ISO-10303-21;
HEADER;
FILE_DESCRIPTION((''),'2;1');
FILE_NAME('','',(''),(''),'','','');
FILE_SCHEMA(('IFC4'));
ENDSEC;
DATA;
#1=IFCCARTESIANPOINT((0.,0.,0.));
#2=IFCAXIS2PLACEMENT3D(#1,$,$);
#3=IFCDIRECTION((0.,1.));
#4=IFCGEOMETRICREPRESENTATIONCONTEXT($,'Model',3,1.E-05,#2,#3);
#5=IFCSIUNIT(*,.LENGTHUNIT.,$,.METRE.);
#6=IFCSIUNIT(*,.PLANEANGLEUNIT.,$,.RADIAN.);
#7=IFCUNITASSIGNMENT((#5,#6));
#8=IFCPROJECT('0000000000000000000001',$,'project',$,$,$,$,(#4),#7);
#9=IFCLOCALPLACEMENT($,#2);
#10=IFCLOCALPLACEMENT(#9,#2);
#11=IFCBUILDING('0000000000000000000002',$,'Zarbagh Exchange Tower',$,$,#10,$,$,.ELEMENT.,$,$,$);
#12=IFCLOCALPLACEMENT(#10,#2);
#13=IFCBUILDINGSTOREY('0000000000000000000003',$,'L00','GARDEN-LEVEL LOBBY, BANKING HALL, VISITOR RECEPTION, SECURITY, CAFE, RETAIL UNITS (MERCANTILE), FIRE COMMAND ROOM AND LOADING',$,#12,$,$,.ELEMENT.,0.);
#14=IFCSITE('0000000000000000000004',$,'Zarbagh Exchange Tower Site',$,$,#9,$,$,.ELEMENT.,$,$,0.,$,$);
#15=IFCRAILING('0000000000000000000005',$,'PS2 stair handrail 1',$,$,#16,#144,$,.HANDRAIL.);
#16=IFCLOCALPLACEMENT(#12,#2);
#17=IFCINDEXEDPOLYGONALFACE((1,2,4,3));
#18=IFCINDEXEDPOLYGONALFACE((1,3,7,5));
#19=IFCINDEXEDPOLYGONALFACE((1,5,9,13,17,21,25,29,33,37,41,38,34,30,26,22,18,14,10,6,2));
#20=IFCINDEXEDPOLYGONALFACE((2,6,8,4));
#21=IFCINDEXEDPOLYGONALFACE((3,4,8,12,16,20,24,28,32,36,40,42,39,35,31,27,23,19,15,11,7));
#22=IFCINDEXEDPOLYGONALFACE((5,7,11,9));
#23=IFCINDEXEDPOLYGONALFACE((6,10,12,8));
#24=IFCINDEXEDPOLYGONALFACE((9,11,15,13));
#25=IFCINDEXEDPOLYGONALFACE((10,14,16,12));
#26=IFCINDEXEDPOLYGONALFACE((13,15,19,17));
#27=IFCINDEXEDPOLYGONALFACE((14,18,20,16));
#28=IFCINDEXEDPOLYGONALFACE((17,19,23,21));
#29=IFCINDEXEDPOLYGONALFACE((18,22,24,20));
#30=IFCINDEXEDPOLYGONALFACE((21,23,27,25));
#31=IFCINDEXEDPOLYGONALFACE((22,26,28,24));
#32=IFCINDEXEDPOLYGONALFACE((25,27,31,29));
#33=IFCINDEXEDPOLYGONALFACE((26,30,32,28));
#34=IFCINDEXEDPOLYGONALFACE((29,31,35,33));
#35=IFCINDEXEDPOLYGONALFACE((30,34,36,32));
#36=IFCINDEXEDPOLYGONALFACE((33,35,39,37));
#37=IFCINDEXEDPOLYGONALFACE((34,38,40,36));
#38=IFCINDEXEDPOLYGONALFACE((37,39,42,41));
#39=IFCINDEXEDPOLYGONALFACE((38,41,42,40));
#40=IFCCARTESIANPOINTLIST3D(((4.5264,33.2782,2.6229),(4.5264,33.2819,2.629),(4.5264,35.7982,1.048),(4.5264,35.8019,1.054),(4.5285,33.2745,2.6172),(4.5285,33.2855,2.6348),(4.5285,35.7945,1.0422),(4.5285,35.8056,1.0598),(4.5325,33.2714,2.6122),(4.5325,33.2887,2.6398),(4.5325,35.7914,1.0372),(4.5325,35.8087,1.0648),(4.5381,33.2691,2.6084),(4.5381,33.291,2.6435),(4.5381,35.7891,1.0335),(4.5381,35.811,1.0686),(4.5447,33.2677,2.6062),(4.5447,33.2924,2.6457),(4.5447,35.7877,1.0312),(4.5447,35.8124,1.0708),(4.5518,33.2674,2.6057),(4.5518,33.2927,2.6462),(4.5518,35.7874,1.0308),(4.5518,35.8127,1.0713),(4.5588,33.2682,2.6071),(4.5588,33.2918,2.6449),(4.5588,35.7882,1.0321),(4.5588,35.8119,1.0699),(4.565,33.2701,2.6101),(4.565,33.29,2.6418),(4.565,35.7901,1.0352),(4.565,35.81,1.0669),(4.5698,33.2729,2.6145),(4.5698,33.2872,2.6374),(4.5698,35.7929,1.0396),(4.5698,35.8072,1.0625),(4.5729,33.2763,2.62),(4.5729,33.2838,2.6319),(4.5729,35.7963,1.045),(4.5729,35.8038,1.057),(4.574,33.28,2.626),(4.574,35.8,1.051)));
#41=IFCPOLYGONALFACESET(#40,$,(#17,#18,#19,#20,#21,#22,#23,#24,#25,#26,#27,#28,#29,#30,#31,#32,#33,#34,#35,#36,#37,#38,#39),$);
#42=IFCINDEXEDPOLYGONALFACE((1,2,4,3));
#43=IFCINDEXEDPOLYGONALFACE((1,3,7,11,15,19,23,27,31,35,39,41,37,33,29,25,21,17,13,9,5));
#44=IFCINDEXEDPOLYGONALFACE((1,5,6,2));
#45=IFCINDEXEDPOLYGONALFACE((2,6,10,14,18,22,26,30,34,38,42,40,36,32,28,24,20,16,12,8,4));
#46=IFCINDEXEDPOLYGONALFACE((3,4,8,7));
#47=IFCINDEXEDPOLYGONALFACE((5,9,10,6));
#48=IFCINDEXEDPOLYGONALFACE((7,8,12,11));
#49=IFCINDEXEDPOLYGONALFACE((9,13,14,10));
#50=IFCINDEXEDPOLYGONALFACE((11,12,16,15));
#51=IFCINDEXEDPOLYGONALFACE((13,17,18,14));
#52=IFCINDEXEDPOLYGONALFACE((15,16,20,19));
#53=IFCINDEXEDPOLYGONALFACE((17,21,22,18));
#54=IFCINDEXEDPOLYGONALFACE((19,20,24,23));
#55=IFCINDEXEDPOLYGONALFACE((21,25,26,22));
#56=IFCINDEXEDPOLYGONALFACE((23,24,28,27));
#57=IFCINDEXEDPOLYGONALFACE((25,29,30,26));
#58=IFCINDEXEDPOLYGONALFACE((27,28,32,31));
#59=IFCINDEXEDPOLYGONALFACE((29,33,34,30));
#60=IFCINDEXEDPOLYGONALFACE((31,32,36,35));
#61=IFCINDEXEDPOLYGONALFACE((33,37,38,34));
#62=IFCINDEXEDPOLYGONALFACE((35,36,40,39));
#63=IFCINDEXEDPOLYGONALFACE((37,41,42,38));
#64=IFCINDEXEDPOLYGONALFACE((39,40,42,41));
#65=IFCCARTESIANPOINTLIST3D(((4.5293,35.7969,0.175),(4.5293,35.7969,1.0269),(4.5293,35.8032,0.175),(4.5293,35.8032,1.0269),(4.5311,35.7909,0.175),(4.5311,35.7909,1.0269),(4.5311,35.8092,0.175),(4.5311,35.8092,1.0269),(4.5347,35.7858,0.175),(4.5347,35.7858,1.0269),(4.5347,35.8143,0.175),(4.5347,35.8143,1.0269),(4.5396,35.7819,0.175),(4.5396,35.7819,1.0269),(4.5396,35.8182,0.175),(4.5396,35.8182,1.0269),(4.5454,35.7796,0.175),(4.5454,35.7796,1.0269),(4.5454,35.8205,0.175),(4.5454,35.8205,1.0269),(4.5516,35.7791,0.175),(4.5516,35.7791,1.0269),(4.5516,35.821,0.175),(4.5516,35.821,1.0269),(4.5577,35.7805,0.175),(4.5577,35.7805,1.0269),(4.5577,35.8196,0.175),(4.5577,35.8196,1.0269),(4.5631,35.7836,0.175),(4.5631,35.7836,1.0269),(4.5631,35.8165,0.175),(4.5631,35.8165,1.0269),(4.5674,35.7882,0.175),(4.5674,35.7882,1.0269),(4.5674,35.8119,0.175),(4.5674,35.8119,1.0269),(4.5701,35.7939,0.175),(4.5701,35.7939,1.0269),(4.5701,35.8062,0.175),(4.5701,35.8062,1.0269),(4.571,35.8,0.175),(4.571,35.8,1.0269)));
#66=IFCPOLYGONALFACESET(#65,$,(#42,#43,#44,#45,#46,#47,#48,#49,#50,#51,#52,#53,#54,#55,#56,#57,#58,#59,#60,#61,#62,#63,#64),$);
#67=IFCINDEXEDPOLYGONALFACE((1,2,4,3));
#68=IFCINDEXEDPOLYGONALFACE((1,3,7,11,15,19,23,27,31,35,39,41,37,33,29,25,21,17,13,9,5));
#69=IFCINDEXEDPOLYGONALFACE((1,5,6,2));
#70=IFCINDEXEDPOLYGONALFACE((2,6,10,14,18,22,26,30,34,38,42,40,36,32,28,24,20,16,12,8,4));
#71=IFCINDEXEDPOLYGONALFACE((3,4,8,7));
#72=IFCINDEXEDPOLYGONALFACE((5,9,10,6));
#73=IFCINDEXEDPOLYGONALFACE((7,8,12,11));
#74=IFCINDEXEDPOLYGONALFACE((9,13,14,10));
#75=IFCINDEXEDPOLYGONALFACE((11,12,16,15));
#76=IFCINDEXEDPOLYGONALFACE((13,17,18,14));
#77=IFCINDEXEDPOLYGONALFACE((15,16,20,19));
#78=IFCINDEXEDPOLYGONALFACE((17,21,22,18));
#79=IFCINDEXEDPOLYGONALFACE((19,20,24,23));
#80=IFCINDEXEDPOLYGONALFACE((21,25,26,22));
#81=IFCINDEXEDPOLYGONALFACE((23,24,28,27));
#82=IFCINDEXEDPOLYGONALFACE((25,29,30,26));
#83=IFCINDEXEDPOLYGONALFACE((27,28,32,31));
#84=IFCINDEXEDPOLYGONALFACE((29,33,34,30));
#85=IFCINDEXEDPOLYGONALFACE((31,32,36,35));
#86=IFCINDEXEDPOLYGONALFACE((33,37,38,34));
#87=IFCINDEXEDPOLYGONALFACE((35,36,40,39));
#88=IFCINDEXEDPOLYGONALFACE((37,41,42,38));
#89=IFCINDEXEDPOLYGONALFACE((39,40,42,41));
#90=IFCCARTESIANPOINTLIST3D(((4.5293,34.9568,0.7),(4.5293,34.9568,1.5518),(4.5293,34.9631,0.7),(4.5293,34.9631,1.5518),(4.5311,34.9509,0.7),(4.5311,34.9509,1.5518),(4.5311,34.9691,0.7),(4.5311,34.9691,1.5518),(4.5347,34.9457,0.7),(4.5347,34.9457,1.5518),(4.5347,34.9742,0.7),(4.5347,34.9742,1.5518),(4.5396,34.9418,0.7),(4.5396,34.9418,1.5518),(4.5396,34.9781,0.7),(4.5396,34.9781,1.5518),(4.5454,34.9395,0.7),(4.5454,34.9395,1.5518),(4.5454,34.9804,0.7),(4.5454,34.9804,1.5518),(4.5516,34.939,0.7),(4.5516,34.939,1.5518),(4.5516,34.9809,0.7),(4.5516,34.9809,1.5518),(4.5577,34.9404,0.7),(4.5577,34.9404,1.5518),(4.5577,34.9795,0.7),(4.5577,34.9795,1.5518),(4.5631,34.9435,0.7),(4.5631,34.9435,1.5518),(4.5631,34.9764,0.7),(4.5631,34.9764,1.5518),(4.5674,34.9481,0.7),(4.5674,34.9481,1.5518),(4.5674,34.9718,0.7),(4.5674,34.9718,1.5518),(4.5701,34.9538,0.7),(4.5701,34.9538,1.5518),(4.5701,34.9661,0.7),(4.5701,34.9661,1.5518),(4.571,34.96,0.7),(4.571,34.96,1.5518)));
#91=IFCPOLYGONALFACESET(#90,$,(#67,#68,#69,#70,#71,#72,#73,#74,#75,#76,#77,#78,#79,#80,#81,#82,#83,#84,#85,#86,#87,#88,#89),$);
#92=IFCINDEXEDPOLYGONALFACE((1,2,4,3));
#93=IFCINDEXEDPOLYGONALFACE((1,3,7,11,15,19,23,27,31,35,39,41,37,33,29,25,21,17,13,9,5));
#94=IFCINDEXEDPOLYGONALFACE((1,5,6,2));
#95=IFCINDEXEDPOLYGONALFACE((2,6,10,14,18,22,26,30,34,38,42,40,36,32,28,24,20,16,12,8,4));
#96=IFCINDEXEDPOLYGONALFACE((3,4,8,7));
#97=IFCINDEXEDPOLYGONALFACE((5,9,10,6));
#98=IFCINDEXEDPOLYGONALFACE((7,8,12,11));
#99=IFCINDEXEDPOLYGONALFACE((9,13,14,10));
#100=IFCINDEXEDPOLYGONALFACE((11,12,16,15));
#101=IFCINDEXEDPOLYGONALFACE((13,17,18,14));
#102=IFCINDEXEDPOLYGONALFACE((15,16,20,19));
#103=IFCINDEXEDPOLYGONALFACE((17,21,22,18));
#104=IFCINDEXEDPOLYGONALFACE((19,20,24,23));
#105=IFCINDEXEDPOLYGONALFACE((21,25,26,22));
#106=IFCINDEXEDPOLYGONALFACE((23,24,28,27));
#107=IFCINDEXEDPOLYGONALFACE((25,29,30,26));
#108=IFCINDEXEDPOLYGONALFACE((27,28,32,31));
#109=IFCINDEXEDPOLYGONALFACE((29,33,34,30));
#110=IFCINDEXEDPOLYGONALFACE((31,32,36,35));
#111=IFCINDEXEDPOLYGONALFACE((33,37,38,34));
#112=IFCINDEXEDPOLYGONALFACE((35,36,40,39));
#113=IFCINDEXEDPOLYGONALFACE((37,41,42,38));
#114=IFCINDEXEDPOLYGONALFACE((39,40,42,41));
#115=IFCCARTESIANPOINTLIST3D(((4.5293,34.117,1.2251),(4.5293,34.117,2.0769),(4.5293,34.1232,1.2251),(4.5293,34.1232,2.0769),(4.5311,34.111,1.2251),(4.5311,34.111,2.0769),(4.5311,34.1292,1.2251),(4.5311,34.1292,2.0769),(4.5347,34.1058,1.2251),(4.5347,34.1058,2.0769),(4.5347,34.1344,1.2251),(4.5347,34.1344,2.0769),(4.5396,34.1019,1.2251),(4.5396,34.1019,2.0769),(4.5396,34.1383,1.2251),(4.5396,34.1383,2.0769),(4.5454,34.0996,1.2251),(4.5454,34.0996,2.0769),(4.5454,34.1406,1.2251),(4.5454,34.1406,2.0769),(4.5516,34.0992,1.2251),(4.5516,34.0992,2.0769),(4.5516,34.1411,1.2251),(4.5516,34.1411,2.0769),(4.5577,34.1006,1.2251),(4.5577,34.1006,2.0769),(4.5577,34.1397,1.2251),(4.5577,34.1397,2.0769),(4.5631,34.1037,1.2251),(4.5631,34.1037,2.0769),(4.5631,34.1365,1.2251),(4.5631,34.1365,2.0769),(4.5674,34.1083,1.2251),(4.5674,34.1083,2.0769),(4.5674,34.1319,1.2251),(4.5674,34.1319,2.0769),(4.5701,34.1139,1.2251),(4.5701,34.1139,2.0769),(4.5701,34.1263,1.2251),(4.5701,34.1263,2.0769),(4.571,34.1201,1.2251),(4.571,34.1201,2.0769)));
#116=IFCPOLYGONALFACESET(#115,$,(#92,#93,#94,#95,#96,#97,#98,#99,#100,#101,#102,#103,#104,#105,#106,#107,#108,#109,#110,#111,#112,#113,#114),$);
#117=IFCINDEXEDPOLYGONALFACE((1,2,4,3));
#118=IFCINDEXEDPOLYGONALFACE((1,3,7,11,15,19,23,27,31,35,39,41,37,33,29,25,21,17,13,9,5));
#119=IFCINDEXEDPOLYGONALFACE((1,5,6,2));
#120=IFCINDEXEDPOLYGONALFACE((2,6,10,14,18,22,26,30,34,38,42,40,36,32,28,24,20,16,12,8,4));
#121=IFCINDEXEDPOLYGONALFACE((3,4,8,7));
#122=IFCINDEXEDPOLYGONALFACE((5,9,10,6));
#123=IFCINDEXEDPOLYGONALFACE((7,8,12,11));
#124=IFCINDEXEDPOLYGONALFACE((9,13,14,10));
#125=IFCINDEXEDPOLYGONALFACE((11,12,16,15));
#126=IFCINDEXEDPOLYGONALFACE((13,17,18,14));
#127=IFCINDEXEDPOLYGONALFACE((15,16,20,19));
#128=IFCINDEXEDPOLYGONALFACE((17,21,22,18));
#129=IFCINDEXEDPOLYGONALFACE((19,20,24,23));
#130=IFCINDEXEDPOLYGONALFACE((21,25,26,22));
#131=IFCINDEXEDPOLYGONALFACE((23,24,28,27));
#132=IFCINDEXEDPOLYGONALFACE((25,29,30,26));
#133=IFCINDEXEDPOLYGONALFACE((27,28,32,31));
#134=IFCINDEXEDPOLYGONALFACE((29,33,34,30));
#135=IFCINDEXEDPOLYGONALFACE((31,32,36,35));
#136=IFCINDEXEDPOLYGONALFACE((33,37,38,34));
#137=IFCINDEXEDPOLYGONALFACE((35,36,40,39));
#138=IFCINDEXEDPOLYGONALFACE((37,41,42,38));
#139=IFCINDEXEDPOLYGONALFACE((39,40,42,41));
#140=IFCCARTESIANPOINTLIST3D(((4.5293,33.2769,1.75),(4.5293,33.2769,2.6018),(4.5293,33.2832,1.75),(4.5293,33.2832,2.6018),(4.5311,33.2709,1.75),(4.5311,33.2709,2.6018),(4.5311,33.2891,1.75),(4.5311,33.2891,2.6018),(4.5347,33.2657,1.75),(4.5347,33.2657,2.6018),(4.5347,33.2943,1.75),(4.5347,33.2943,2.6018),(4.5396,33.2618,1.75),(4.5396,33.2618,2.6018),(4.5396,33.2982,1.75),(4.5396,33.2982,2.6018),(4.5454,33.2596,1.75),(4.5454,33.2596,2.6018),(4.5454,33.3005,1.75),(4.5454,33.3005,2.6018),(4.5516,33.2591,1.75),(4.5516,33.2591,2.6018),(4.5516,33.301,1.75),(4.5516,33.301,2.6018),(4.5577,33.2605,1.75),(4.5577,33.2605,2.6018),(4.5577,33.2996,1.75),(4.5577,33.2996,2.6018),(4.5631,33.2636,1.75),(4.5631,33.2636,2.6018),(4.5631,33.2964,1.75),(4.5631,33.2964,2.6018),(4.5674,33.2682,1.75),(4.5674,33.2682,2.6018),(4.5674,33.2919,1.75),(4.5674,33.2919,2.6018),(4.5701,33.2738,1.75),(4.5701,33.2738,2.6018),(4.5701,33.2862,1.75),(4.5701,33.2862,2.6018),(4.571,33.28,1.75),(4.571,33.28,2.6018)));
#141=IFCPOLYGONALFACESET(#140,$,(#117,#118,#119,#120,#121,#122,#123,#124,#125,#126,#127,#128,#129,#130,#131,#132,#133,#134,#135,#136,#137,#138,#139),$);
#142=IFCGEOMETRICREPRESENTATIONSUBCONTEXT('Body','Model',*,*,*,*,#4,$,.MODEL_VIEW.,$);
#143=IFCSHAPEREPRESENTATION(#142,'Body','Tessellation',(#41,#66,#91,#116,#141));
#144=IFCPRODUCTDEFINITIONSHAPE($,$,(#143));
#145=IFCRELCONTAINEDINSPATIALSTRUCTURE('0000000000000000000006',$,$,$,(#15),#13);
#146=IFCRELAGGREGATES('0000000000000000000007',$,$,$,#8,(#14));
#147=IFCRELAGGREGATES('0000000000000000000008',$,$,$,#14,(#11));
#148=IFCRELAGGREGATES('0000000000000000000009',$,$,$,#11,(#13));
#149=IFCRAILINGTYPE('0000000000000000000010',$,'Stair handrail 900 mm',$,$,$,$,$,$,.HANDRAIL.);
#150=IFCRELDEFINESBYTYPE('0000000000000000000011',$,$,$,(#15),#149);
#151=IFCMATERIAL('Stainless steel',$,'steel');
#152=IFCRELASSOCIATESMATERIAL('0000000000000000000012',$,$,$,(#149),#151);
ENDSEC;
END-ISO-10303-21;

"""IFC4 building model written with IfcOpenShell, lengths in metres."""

from ifc_helpers import new_model, si_unit, direction, frame, origin, origin_2d, place, context, subcontext, project, spatial, circle, extrude, material, type_object, element, save


model = new_model("IFC4")

# Units and contexts
model_context = context("Model", 3, precision=1e-05, world=origin(), true_north=direction((0.0, 1.0)))
body_context = subcontext(model_context, "Body", "Model", "MODEL_VIEW")
ifc_project = project(units=[si_unit("LENGTHUNIT", "METRE"), si_unit("PLANEANGLEUNIT", "RADIAN")], contexts=[model_context])

# Site, building, storey
site_placement = place(None, origin())
site = spatial("IfcSite", under=ifc_project, at=site_placement, Name="Zarbagh Exchange Tower Site", CompositionType="ELEMENT", RefElevation=0.0)
building_placement = place(site_placement, origin())
building = spatial("IfcBuilding", under=site, at=building_placement, Name="Zarbagh Exchange Tower", CompositionType="ELEMENT")
storey_placement = place(building_placement, origin())
storey = spatial("IfcBuildingStorey", under=building, at=storey_placement, Name="L00", Description="GARDEN-LEVEL LOBBY, BANKING HALL, VISITOR RECEPTION, SECURITY, CAFE, RETAIL UNITS (MERCANTILE), FIRE COMMAND ROOM AND LOADING", CompositionType="ELEMENT", Elevation=0.0)

# Railing
ifc_material_1 = material(Name="Stainless steel", Category="steel")
railing_type_1 = type_object("IfcRailingType", Name="Stair handrail 900 mm", PredefinedType="HANDRAIL", material=ifc_material_1)
for number, where, name in (
    (1, (4.55, 35.8, 0.175), "PS2 stair handrail 1"),
):
    element("IfcRailing", number, at=place(storey_placement, frame(where)), inside=storey, type_object=railing_type_1, Name=name, PredefinedType="HANDRAIL", context=body_context, shape_type="SweptSolid", body=[
        extrude(circle(Radius=0.0239, at=origin_2d()), frame((0.0, 0.0, 0.876), z_axis=(0.0, -0.848008, 0.529984), x_axis=(1.0, 0.0, 0.0)), (0.0, 0.0, 1.0), 2.9717),
        extrude(circle(Radius=0.021, at=origin_2d()), origin(), (0.0, 0.0, 1.0), 0.8518),
        extrude(circle(Radius=0.021, at=origin_2d()), frame((0.0, -0.8401, 0.5249)), (0.0, 0.0, 1.0), 0.8518),
        extrude(circle(Radius=0.021, at=origin_2d()), frame((0.0, -1.6799, 1.05)), (0.0, 0.0, 1.0), 0.8518),
        extrude(circle(Radius=0.021, at=origin_2d()), frame((0.0, -2.52, 1.575)), (0.0, 0.0, 1.0), 0.8518),
    ])

save(model, "model.ifc")
